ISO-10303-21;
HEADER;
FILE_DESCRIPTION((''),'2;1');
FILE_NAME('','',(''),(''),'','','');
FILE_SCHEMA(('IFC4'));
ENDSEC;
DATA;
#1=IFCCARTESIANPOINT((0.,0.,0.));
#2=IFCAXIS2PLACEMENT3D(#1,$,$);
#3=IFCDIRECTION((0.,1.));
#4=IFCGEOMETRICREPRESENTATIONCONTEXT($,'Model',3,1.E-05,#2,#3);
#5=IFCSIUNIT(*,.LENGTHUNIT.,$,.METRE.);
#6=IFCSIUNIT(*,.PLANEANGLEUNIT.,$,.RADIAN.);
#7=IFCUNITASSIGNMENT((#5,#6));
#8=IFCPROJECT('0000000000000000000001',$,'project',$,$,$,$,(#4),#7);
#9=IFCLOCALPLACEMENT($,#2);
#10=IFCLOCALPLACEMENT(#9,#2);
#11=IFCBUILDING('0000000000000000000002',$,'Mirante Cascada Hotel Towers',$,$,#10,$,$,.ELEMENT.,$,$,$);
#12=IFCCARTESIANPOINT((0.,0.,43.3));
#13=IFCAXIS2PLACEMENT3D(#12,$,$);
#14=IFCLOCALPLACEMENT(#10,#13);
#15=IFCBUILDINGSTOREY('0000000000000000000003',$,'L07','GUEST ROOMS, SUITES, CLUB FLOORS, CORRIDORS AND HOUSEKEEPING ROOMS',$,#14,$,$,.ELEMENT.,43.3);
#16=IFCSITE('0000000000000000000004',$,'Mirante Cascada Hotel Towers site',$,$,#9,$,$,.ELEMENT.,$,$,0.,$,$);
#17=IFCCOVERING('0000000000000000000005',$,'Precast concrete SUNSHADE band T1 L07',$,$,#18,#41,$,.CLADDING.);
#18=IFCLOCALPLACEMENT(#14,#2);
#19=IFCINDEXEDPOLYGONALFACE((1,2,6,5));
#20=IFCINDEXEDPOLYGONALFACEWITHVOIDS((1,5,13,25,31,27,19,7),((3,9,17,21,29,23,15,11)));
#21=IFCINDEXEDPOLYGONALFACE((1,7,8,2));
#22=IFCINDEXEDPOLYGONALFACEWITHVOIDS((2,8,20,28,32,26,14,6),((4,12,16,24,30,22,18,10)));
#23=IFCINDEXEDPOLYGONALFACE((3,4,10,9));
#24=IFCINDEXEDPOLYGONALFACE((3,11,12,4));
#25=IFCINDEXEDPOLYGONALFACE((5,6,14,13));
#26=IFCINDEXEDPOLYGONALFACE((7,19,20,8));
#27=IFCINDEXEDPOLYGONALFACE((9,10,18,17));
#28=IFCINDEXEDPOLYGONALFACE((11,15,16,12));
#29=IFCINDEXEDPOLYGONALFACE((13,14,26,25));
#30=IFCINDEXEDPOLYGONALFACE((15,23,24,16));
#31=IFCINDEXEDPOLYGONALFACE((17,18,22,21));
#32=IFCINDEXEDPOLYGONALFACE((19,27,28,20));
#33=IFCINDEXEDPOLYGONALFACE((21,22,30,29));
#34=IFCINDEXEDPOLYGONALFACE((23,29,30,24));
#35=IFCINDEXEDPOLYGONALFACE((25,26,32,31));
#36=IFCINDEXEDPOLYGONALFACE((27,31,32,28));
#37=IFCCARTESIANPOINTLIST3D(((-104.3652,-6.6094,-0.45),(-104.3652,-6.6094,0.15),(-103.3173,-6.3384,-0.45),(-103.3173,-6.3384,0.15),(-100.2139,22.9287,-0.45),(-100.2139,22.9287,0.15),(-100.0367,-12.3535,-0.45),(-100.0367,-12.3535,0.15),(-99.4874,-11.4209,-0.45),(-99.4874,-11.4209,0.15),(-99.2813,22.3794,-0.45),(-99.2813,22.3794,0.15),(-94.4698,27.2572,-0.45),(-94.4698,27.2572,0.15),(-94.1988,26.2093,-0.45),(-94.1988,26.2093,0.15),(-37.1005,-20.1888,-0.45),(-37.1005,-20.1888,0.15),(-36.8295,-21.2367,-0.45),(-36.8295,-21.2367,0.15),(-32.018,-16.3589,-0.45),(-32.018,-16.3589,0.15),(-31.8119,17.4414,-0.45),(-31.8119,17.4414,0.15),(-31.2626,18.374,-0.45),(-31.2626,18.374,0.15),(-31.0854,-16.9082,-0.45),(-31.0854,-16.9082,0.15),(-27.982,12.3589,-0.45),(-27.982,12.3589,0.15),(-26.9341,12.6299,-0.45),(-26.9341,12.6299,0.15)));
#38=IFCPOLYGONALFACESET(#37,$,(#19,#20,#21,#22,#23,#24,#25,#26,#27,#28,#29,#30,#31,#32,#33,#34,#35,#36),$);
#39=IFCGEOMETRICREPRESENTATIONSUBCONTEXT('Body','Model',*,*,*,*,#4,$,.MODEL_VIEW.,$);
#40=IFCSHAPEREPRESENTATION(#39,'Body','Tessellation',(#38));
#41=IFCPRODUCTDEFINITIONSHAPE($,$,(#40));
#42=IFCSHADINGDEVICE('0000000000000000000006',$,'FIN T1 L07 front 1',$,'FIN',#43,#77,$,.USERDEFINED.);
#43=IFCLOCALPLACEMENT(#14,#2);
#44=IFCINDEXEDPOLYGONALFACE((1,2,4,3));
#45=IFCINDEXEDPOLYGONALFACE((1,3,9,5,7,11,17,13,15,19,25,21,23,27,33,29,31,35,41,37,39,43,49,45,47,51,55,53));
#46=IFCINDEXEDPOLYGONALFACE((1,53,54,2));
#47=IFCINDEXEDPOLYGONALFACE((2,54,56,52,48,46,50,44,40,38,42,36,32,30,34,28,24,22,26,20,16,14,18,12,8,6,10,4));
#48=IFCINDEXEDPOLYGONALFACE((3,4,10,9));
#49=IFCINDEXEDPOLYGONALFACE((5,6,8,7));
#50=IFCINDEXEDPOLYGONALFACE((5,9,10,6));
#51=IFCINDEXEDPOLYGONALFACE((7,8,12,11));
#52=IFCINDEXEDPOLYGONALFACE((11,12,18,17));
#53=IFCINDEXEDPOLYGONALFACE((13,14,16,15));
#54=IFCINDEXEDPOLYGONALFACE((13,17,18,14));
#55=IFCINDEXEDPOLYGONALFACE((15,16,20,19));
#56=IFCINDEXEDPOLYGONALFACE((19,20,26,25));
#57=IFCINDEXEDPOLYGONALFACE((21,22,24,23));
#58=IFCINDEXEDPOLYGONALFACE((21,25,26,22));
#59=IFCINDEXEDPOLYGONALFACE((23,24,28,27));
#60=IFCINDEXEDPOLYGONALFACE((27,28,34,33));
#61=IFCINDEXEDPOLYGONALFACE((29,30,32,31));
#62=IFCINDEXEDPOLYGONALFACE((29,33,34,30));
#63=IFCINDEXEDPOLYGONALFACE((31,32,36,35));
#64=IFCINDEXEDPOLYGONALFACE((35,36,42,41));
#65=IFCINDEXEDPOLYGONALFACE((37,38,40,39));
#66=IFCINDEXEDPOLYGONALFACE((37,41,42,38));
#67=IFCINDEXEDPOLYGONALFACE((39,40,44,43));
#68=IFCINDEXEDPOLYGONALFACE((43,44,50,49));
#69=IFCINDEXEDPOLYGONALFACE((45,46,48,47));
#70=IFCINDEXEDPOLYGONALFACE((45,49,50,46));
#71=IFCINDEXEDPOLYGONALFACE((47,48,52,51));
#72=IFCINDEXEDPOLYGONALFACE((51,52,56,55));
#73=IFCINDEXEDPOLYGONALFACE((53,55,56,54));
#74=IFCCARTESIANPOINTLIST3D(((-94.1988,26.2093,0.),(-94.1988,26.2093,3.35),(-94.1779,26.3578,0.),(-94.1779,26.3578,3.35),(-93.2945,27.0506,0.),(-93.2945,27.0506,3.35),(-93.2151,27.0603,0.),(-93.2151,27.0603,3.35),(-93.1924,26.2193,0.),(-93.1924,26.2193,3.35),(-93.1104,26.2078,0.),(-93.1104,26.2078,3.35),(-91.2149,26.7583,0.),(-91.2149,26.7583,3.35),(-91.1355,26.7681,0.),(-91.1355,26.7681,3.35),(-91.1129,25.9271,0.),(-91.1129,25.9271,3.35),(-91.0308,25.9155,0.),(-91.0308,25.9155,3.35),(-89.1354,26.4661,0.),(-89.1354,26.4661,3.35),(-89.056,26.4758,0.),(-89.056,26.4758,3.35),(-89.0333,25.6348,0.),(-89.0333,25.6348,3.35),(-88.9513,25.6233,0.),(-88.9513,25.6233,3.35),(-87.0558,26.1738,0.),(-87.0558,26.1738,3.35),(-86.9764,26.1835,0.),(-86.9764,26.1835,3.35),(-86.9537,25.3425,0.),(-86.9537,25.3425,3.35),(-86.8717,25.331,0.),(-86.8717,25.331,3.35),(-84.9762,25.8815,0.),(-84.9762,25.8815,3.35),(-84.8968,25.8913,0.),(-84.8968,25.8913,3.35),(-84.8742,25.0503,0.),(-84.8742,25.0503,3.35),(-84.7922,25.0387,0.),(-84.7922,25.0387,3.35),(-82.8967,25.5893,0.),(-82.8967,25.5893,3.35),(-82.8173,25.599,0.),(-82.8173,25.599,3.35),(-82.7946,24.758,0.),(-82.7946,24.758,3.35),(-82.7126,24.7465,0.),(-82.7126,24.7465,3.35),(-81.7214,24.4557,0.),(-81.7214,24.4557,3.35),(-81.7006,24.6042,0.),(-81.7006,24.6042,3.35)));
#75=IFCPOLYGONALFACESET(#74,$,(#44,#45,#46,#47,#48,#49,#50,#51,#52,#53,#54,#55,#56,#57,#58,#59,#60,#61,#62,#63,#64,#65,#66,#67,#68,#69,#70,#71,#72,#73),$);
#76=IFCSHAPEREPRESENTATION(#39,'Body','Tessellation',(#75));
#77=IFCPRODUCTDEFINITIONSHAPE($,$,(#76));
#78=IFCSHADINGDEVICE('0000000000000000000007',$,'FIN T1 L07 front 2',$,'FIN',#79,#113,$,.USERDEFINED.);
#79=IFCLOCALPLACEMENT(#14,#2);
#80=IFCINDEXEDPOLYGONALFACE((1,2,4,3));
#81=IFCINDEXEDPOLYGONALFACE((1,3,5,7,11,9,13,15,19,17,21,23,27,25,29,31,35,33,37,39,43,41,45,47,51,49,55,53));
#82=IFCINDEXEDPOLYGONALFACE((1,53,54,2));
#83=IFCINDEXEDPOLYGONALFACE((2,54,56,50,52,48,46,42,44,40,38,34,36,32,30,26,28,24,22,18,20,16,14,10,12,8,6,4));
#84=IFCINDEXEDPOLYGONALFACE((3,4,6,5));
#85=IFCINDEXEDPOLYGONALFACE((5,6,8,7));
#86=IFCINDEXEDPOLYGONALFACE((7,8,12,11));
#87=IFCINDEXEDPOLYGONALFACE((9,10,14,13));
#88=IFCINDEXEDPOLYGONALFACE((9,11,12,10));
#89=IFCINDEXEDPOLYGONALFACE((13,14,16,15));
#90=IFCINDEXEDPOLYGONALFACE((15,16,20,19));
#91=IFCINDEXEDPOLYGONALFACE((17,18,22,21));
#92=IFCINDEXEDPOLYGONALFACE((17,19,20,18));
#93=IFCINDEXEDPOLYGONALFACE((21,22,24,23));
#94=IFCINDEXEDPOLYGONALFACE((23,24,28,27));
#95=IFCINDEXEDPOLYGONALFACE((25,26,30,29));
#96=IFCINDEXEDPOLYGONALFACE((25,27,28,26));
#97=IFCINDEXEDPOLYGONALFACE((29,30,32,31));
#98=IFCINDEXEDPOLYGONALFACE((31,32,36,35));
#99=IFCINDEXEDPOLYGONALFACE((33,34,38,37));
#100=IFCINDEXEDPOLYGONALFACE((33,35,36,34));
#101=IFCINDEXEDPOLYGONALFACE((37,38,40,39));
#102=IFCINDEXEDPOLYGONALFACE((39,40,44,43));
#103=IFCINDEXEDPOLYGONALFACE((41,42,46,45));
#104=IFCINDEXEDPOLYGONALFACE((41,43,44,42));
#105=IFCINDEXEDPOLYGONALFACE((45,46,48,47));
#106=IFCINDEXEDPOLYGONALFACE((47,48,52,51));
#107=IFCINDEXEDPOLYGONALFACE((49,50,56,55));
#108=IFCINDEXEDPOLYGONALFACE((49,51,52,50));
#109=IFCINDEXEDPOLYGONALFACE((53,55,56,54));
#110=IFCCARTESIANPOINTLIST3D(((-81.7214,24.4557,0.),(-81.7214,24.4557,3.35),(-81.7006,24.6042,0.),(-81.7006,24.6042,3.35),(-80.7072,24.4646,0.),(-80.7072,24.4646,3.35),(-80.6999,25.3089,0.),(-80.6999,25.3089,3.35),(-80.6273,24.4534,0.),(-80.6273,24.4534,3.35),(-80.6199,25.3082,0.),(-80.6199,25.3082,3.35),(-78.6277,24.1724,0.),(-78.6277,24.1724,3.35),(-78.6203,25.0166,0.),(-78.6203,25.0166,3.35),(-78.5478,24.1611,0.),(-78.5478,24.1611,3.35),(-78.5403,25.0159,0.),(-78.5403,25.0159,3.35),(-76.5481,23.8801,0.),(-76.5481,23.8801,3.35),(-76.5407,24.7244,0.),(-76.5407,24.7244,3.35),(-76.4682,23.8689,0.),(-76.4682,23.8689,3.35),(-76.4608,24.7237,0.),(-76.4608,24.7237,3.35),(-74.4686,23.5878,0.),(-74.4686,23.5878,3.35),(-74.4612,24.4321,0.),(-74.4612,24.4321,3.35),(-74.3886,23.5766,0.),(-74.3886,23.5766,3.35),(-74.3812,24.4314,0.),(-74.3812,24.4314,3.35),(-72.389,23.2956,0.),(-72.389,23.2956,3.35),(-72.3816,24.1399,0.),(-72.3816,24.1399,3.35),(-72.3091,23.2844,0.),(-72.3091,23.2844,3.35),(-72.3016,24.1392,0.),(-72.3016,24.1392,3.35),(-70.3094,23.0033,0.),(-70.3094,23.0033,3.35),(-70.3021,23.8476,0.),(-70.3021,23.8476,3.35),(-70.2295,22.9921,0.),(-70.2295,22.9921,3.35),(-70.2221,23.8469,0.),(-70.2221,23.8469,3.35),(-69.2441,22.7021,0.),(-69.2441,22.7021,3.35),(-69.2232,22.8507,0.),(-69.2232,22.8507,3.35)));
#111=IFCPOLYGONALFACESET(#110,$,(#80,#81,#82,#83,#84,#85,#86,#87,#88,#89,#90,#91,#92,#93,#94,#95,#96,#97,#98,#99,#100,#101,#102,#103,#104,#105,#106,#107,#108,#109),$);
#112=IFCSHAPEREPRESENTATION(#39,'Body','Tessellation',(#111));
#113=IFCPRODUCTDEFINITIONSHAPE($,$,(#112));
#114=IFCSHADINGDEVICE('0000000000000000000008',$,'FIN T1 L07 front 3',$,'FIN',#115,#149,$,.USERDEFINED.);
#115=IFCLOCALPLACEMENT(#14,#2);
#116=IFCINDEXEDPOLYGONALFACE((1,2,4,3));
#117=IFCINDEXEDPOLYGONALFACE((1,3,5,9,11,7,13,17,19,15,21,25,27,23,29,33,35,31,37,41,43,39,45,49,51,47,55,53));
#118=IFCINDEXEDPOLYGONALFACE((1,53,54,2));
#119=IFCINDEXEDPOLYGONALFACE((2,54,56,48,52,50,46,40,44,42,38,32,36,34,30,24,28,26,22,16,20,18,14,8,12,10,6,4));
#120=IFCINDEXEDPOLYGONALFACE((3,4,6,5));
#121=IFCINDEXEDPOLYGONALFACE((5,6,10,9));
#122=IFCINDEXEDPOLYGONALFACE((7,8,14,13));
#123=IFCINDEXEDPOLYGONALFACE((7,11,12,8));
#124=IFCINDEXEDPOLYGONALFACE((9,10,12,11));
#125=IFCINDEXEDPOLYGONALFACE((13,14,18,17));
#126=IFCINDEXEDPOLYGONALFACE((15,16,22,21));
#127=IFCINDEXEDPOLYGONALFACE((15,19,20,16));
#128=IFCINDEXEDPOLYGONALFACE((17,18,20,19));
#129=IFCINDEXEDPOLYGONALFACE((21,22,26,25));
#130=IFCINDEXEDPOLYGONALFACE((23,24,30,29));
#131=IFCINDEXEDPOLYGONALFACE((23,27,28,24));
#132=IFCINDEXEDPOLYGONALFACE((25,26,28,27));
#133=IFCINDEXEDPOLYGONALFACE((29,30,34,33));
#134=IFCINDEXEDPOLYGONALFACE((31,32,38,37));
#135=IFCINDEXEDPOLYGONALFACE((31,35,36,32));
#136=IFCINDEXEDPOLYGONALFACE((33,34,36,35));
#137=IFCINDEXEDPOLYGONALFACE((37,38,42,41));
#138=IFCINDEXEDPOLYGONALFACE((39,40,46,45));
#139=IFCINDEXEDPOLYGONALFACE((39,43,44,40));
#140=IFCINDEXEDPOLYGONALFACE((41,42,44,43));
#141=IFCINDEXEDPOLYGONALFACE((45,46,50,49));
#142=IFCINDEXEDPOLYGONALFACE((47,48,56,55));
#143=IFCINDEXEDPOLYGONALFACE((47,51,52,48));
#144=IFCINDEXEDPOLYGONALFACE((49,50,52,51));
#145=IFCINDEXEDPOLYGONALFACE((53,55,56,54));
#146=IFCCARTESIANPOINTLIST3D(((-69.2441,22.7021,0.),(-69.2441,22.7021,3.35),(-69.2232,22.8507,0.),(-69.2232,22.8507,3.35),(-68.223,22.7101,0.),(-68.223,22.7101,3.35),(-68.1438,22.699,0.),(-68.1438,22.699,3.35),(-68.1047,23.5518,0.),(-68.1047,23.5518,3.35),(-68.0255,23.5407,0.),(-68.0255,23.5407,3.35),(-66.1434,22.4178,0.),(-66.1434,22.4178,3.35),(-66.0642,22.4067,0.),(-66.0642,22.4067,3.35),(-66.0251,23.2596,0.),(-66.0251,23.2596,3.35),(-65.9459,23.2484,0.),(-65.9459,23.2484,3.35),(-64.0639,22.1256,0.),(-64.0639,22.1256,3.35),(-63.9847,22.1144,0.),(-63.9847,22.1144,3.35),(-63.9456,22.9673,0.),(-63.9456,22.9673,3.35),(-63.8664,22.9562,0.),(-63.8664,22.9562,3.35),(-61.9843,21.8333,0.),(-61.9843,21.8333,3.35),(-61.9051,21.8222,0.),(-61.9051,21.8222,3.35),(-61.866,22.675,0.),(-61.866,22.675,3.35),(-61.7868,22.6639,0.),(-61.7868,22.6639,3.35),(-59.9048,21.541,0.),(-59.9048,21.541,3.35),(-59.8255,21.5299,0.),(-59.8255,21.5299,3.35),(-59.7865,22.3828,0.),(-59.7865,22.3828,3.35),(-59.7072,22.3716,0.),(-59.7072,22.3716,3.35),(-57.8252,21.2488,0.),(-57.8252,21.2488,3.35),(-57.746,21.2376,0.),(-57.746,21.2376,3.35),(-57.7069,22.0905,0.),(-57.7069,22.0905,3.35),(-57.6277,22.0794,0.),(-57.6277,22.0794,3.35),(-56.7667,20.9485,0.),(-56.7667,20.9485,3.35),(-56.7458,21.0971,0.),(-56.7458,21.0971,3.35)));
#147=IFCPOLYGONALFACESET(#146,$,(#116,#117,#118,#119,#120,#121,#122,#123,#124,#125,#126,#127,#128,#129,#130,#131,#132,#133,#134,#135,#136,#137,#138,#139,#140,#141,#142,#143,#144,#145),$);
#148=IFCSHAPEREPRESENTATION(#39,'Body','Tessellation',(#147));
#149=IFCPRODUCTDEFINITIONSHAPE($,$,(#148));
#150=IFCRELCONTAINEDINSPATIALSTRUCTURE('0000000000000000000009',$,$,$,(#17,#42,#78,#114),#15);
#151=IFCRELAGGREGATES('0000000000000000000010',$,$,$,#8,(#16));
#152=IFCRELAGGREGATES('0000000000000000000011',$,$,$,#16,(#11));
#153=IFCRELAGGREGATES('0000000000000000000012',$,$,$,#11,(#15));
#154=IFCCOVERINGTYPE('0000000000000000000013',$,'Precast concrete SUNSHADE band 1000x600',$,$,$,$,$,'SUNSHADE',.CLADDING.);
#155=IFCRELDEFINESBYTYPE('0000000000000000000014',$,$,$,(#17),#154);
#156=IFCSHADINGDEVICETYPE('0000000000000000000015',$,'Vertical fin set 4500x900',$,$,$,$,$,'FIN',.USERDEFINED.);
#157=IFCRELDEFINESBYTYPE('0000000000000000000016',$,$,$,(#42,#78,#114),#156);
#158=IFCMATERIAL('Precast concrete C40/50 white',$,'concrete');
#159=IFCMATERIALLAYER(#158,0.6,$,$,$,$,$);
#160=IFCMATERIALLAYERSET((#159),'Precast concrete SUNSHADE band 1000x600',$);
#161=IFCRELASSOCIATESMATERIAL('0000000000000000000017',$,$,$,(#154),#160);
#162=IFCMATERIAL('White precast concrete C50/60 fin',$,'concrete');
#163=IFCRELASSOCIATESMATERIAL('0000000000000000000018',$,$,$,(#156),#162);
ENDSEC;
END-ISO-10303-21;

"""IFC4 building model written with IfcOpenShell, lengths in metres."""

from ifc_helpers import new_model, si_unit, direction, frame, origin, place, context, subcontext, project, spatial, polyline, outline, extrude, material, layer, layer_set, type_object, element, save


model = new_model("IFC4")

# Units and contexts
model_context = context("Model", 3, precision=1e-05, world=origin(), true_north=direction((0.0, 1.0)))
body_context = subcontext(model_context, "Body", "Model", "MODEL_VIEW")
ifc_project = project(units=[si_unit("LENGTHUNIT", "METRE"), si_unit("PLANEANGLEUNIT", "RADIAN")], contexts=[model_context])

# Site, building, storey
site_placement = place(None, origin())
site = spatial("IfcSite", under=ifc_project, at=site_placement, Name="Mirante Cascada Hotel Towers site", CompositionType="ELEMENT", RefElevation=0.0)
building_placement = place(site_placement, origin())
building = spatial("IfcBuilding", under=site, at=building_placement, Name="Mirante Cascada Hotel Towers", CompositionType="ELEMENT")
storey_placement = place(building_placement, frame((0.0, 0.0, 43.3)))
storey = spatial("IfcBuildingStorey", under=building, at=storey_placement, Name="L07", Description="GUEST ROOMS, SUITES, CLUB FLOORS, CORRIDORS AND HOUSEKEEPING ROOMS", CompositionType="ELEMENT", Elevation=43.3)

# Covering
ifc_material_1 = material(Name="Precast concrete C40/50 white", Category="concrete")
ifc_layer_1 = layer(ifc_material_1, 0.6)
ifc_layer_set_1 = layer_set([ifc_layer_1], Name="Precast concrete SUNSHADE band 1000x600")
covering_type = type_object("IfcCoveringType", Name="Precast concrete SUNSHADE band 1000x600", ElementType="SUNSHADE", PredefinedType="CLADDING", material=ifc_layer_set_1)
covering_placement = place(storey_placement, frame((0.0, 0.0, -0.45)))
element("IfcCovering", 1, at=covering_placement, inside=storey, type_object=covering_type, Name="Precast concrete SUNSHADE band T1 L07", PredefinedType="CLADDING", context=body_context, shape_type="SweptSolid", body=[
    extrude(outline(polyline([(-104.3652, -6.6094), (-100.2139, 22.9287), (-94.4698, 27.2572), (-31.2626, 18.374), (-26.9341, 12.6299), (-31.0854, -16.9082), (-36.8295, -21.2367), (-100.0367, -12.3535), (-104.3652, -6.6094)]), holes=[polyline([(-27.982, 12.3589), (-31.8119, 17.4414), (-94.1988, 26.2093), (-99.2813, 22.3794), (-103.3173, -6.3384), (-99.4874, -11.4209), (-37.1005, -20.1888), (-32.018, -16.3589), (-27.982, 12.3589)])]), origin(), (0.0, 0.0, 1.0), 0.6),
])

# Shading devices
ifc_material_2 = material(Name="White precast concrete C50/60 fin", Category="concrete")
shading_device_type = type_object("IfcShadingDeviceType", Name="Vertical fin set 4500x900", ElementType="FIN", PredefinedType="USERDEFINED", material=ifc_material_2)
shading_device_1_placement = place(storey_placement, origin())
element("IfcShadingDevice", 2, at=shading_device_1_placement, inside=storey, type_object=shading_device_type, Name="FIN T1 L07 front 1", ObjectType="FIN", PredefinedType="USERDEFINED", context=body_context, shape_type="SweptSolid", body=[
    extrude(outline(polyline([(-82.8173, 25.599), (-82.7126, 24.7465), (-81.7006, 24.6042), (-81.7214, 24.4557), (-94.1988, 26.2093), (-94.1779, 26.3578), (-93.1924, 26.2193), (-93.2945, 27.0506), (-93.2151, 27.0603), (-93.1104, 26.2078), (-91.1129, 25.9271), (-91.2149, 26.7583), (-91.1355, 26.7681), (-91.0308, 25.9155), (-89.0333, 25.6348), (-89.1354, 26.4661), (-89.056, 26.4758), (-88.9513, 25.6233), (-86.9537, 25.3425), (-87.0558, 26.1738), (-86.9764, 26.1835), (-86.8717, 25.331), (-84.8742, 25.0503), (-84.9762, 25.8815), (-84.8968, 25.8913), (-84.7922, 25.0387), (-82.7946, 24.758), (-82.8967, 25.5893), (-82.8173, 25.599)])), origin(), (0.0, 0.0, 1.0), 3.35),
])
shading_device_2_placement = place(storey_placement, origin())
element("IfcShadingDevice", 3, at=shading_device_2_placement, inside=storey, type_object=shading_device_type, Name="FIN T1 L07 front 2", ObjectType="FIN", PredefinedType="USERDEFINED", context=body_context, shape_type="SweptSolid", body=[
    extrude(outline(polyline([(-70.2221, 23.8469), (-70.2295, 22.9921), (-69.2232, 22.8507), (-69.2441, 22.7021), (-81.7214, 24.4557), (-81.7006, 24.6042), (-80.7072, 24.4646), (-80.6999, 25.3089), (-80.6199, 25.3082), (-80.6273, 24.4534), (-78.6277, 24.1724), (-78.6203, 25.0166), (-78.5403, 25.0159), (-78.5478, 24.1611), (-76.5481, 23.8801), (-76.5407, 24.7244), (-76.4608, 24.7237), (-76.4682, 23.8689), (-74.4686, 23.5878), (-74.4612, 24.4321), (-74.3812, 24.4314), (-74.3886, 23.5766), (-72.389, 23.2956), (-72.3816, 24.1399), (-72.3016, 24.1392), (-72.3091, 23.2844), (-70.3094, 23.0033), (-70.3021, 23.8476), (-70.2221, 23.8469)])), origin(), (0.0, 0.0, 1.0), 3.35),
])
shading_device_3_placement = place(storey_placement, origin())
element("IfcShadingDevice", 4, at=shading_device_3_placement, inside=storey, type_object=shading_device_type, Name="FIN T1 L07 front 3", ObjectType="FIN", PredefinedType="USERDEFINED", context=body_context, shape_type="SweptSolid", body=[
    extrude(outline(polyline([(-57.6277, 22.0794), (-57.746, 21.2376), (-56.7458, 21.0971), (-56.7667, 20.9485), (-69.2441, 22.7021), (-69.2232, 22.8507), (-68.223, 22.7101), (-68.1047, 23.5518), (-68.0255, 23.5407), (-68.1438, 22.699), (-66.1434, 22.4178), (-66.0251, 23.2596), (-65.9459, 23.2484), (-66.0642, 22.4067), (-64.0639, 22.1256), (-63.9456, 22.9673), (-63.8664, 22.9562), (-63.9847, 22.1144), (-61.9843, 21.8333), (-61.866, 22.675), (-61.7868, 22.6639), (-61.9051, 21.8222), (-59.9048, 21.541), (-59.7865, 22.3828), (-59.7072, 22.3716), (-59.8255, 21.5299), (-57.8252, 21.2488), (-57.7069, 22.0905), (-57.6277, 22.0794)])), origin(), (0.0, 0.0, 1.0), 3.35),
])

save(model, "model.ifc")
